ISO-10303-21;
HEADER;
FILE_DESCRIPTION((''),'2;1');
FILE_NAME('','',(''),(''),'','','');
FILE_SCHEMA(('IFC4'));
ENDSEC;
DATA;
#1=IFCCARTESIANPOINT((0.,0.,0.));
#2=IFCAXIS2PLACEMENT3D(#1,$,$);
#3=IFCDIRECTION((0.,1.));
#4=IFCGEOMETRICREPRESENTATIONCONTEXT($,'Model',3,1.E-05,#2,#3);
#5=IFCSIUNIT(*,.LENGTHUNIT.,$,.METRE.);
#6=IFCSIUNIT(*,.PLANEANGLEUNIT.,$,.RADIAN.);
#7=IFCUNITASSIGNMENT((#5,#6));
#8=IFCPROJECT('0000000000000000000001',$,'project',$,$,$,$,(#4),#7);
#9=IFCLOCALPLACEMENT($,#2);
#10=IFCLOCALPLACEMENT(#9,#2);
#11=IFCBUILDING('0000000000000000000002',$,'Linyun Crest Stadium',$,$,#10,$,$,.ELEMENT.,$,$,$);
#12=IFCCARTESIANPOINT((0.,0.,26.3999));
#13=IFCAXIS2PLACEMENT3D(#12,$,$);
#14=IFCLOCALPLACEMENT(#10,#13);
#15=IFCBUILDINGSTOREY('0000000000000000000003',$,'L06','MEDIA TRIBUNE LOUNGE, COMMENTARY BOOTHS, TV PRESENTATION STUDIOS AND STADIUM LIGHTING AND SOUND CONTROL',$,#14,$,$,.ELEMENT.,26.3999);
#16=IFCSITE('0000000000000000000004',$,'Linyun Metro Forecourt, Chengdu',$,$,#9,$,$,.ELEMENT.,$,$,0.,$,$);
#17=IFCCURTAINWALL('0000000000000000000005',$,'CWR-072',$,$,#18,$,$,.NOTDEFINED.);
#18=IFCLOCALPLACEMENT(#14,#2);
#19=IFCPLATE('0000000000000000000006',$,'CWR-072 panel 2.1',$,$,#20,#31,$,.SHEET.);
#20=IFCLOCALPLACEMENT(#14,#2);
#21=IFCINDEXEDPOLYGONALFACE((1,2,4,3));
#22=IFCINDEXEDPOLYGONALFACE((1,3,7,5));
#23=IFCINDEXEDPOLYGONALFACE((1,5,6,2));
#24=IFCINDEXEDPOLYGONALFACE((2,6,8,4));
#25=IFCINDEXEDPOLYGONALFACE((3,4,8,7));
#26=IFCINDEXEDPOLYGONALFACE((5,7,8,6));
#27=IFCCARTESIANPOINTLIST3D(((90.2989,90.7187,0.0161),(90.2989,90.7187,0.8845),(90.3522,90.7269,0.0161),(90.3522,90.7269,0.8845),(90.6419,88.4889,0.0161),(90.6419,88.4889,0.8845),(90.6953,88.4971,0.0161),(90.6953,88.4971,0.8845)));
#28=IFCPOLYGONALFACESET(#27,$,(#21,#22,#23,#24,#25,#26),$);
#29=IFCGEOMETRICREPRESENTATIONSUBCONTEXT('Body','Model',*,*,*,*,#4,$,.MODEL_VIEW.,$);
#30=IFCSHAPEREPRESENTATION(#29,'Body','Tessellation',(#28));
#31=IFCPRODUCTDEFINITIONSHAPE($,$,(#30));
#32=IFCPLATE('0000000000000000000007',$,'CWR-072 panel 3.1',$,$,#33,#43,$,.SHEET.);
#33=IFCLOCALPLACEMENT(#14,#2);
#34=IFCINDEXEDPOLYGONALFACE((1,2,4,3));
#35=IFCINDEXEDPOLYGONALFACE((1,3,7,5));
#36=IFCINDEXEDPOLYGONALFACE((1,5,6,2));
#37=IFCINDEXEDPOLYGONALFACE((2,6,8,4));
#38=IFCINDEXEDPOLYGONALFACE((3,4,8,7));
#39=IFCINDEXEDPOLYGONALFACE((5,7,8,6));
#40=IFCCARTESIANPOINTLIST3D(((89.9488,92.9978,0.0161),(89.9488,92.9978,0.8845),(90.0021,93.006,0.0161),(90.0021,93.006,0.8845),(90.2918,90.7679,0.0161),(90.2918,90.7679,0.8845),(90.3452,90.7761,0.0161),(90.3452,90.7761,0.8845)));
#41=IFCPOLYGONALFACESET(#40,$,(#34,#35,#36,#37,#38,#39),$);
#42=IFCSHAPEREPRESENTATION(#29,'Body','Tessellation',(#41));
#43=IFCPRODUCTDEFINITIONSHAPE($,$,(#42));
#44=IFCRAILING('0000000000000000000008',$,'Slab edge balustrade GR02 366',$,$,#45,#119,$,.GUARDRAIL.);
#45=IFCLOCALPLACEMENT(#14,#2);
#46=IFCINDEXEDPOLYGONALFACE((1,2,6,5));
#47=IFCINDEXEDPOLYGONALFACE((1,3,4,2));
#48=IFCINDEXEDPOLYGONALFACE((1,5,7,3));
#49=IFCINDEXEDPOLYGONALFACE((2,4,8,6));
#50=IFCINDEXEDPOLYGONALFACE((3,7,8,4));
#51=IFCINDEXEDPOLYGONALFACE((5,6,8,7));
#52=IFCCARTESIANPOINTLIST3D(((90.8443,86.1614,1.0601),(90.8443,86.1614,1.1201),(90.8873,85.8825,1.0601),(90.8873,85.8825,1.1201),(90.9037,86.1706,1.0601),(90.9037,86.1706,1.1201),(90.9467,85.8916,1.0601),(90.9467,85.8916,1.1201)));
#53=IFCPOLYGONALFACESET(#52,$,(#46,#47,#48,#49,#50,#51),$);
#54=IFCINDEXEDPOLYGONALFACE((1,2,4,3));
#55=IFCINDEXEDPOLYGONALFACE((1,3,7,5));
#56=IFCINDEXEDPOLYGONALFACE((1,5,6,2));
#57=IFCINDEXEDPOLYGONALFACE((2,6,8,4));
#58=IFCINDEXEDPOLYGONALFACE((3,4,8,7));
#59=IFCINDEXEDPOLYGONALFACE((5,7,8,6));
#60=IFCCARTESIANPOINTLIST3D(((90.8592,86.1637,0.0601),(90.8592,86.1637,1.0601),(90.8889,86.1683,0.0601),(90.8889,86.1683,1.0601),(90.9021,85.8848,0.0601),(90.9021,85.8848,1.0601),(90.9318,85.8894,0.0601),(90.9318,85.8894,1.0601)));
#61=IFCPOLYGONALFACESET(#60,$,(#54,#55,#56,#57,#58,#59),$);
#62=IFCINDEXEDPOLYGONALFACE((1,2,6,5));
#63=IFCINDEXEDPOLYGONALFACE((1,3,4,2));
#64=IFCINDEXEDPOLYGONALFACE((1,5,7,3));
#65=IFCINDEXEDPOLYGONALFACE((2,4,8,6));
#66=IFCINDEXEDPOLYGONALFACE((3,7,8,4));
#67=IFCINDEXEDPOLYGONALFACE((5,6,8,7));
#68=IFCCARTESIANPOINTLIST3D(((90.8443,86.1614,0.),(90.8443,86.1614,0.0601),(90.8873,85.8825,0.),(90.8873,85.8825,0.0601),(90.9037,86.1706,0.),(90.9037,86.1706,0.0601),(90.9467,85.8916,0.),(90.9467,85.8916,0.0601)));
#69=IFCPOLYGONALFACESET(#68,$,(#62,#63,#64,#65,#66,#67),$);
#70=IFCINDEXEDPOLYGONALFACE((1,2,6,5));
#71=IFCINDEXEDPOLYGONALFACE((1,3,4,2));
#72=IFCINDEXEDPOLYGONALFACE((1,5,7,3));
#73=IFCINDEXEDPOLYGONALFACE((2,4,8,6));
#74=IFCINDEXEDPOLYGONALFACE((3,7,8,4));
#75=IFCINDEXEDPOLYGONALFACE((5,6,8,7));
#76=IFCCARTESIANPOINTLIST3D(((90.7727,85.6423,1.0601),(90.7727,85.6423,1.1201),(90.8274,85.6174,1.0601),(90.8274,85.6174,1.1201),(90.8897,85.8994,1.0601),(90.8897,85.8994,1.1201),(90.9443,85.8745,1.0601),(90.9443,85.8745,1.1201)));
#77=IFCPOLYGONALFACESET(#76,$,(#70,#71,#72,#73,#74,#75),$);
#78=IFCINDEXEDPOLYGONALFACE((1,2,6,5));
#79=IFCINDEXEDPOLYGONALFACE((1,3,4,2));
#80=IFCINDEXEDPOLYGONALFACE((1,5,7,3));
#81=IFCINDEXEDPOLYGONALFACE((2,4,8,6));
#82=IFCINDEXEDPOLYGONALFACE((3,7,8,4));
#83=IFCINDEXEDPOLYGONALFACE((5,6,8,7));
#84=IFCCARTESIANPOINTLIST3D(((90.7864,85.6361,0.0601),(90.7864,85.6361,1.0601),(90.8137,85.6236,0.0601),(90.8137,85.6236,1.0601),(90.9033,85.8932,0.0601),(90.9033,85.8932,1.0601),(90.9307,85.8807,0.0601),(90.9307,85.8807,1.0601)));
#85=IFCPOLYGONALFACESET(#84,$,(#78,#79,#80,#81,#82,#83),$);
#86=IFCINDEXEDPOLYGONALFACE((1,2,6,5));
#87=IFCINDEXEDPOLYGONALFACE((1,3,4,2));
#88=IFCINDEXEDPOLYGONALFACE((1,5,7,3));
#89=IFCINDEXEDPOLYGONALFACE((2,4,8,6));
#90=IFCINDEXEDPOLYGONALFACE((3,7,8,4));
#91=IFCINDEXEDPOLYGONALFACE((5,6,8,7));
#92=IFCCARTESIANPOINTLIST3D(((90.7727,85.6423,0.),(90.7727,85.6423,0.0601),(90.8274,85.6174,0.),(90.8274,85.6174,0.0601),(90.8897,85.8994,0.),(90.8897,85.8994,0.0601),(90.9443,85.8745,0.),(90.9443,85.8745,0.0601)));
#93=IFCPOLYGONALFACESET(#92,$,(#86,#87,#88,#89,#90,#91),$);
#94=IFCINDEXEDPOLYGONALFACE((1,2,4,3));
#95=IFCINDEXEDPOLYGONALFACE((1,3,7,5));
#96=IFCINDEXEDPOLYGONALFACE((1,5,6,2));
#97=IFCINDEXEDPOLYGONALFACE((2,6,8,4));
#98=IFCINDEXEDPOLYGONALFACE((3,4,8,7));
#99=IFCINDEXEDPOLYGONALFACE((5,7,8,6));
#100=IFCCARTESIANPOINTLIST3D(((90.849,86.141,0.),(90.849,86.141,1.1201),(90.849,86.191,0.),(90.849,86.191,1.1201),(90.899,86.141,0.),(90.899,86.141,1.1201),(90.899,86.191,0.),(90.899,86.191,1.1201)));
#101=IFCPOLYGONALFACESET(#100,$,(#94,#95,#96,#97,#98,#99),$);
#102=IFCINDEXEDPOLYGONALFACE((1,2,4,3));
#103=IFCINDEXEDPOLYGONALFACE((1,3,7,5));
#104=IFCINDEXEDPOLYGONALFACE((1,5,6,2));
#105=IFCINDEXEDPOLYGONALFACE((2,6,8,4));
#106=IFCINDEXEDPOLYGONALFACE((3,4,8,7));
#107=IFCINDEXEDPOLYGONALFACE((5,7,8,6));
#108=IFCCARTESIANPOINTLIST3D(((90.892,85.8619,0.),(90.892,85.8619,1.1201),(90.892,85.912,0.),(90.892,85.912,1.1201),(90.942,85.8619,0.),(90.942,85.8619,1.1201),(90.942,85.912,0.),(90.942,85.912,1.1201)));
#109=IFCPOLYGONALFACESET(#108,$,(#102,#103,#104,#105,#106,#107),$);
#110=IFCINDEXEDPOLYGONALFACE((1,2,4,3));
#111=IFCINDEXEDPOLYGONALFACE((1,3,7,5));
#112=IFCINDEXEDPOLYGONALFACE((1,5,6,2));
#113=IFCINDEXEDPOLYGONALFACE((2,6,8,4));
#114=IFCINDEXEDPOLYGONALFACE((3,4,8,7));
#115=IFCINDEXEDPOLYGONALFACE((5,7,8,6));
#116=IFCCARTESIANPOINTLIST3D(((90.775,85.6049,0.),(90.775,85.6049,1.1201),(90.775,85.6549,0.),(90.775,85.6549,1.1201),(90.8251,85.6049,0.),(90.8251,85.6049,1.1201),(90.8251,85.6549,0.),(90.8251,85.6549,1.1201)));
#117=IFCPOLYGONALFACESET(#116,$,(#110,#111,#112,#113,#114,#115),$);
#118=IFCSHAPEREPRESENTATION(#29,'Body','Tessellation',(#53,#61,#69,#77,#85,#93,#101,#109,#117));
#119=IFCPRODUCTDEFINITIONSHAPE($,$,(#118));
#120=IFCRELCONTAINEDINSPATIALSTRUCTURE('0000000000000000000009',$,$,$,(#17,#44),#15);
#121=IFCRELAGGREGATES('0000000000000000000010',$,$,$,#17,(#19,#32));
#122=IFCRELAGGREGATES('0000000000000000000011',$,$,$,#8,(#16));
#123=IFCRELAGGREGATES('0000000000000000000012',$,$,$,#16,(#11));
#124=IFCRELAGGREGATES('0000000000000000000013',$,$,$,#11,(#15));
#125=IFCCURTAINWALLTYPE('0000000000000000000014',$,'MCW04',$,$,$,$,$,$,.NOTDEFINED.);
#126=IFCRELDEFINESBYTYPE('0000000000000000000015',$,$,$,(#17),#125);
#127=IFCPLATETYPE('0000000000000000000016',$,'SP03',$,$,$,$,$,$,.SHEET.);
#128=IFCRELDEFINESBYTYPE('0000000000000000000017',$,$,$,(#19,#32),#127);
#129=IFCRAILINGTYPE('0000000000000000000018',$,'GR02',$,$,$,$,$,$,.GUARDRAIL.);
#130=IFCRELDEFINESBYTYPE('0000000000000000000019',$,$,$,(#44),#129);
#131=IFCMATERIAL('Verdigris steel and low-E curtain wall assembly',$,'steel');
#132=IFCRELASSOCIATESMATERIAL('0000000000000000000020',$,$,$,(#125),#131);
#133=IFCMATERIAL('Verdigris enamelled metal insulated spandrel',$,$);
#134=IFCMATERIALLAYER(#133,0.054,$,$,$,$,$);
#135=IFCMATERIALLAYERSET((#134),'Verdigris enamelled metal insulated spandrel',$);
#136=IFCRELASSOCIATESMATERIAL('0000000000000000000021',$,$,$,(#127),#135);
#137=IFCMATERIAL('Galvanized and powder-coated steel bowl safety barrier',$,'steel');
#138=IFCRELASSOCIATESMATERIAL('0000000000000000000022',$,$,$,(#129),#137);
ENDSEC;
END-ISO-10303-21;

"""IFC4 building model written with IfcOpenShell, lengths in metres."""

from ifc_helpers import new_model, si_unit, direction, frame, origin, origin_2d, place, context, subcontext, project, spatial, rectangle, extrude, material, layer, layer_set, type_object, element, aggregate, save


model = new_model("IFC4")

# Units and contexts
model_context = context("Model", 3, precision=1e-05, world=origin(), true_north=direction((0.0, 1.0)))
body_context = subcontext(model_context, "Body", "Model", "MODEL_VIEW")
ifc_project = project(units=[si_unit("LENGTHUNIT", "METRE"), si_unit("PLANEANGLEUNIT", "RADIAN")], contexts=[model_context])

# Site, building, storey
site_placement = place(None, origin())
site = spatial("IfcSite", under=ifc_project, at=site_placement, Name="Linyun Metro Forecourt, Chengdu", CompositionType="ELEMENT", RefElevation=0.0)
building_placement = place(site_placement, origin())
building = spatial("IfcBuilding", under=site, at=building_placement, Name="Linyun Crest Stadium", CompositionType="ELEMENT")
storey_placement = place(building_placement, frame((0.0, 0.0, 26.3999)))
storey = spatial("IfcBuildingStorey", under=building, at=storey_placement, Name="L06", Description="MEDIA TRIBUNE LOUNGE, COMMENTARY BOOTHS, TV PRESENTATION STUDIOS AND STADIUM LIGHTING AND SOUND CONTROL", CompositionType="ELEMENT", Elevation=26.3999)

# Shared definitions
ifc_material_1 = material(Name="Verdigris steel and low-E curtain wall assembly", Category="steel")
curtain_wall_type = type_object("IfcCurtainWallType", Name="MCW04", PredefinedType="NOTDEFINED", material=ifc_material_1)

# Curtain wall
curtain_wall_1_placement = place(storey_placement, origin())
curtain_wall_1 = element("IfcCurtainWall", 1, at=curtain_wall_1_placement, inside=storey, type_object=curtain_wall_type, Name="CWR-072", PredefinedType="NOTDEFINED")

# Plates
ifc_material_2 = material(Name="Verdigris enamelled metal insulated spandrel")
ifc_layer_1 = layer(ifc_material_2, 0.054)
ifc_layer_set_1 = layer_set([ifc_layer_1], Name="Verdigris enamelled metal insulated spandrel")
plate_type_1 = type_object("IfcPlateType", Name="SP03", PredefinedType="SHEET", material=ifc_layer_set_1)
plate_1_placement = place(storey_placement, frame((90.4971, 89.6079, 0.0161), z_axis=(0.0, 0.0, 1.0), x_axis=(-0.152054, 0.988372, 0.0)))
plate_1 = element("IfcPlate", 2, at=plate_1_placement, type_object=plate_type_1, Name="CWR-072 panel 2.1", PredefinedType="SHEET", context=body_context, shape_type="SweptSolid", body=[
    extrude(rectangle(XDim=2.2561, YDim=0.054, at=origin_2d()), origin(), (0.0, 0.0, 1.0), 0.8684),
])
plate_2_placement = place(storey_placement, frame((90.147, 91.887, 0.0161), z_axis=(0.0, 0.0, 1.0), x_axis=(-0.152054, 0.988372, 0.0)))
plate_2 = element("IfcPlate", 3, at=plate_2_placement, type_object=plate_type_1, Name="CWR-072 panel 3.1", PredefinedType="SHEET", context=body_context, shape_type="SweptSolid", body=[
    extrude(rectangle(XDim=2.2561, YDim=0.054, at=origin_2d()), origin(), (0.0, 0.0, 1.0), 0.8684),
])
aggregate(curtain_wall_1, [plate_1, plate_2])

# Railing
ifc_material_3 = material(Name="Galvanized and powder-coated steel bowl safety barrier", Category="steel")
railing_type = type_object("IfcRailingType", Name="GR02", PredefinedType="GUARDRAIL", material=ifc_material_3)
railing_placement = place(storey_placement, frame((90.874, 86.166, 0.0)))
element("IfcRailing", 4, at=railing_placement, inside=storey, type_object=railing_type, Name="Slab edge balustrade GR02 366", PredefinedType="GUARDRAIL", context=body_context, shape_type="SweptSolid", body=[
    extrude(rectangle(XDim=0.0601, YDim=0.0601, at=origin_2d()), frame((0.0, 0.0, 1.0901), z_axis=(0.152187, -0.988352, 0.0), x_axis=(0.988352, 0.152187, 0.0)), (0.0, 0.0, 1.0), 0.2822),
    extrude(rectangle(XDim=0.03, YDim=1.0, at=origin_2d()), frame((0.0, 0.0, 0.5601), z_axis=(0.152187, -0.988352, 0.0), x_axis=(0.988352, 0.152187, 0.0)), (0.0, 0.0, 1.0), 0.2822),
    extrude(rectangle(XDim=0.0601, YDim=0.0601, at=origin_2d()), frame((0.0, 0.0, 0.03), z_axis=(0.152187, -0.988352, 0.0), x_axis=(0.988352, 0.152187, 0.0)), (0.0, 0.0, 1.0), 0.2822),
    extrude(rectangle(XDim=0.0601, YDim=0.0601, at=origin_2d()), frame((0.043, -0.2791, 1.0901), z_axis=(-0.414063, -0.910248, 0.0), x_axis=(0.910248, -0.414063, 0.0)), (0.0, 0.0, 1.0), 0.2825),
    extrude(rectangle(XDim=0.03, YDim=1.0, at=origin_2d()), frame((0.043, -0.2791, 0.5601), z_axis=(-0.414063, -0.910248, 0.0), x_axis=(0.910248, -0.414063, 0.0)), (0.0, 0.0, 1.0), 0.2825),
    extrude(rectangle(XDim=0.0601, YDim=0.0601, at=origin_2d()), frame((0.043, -0.2791, 0.03), z_axis=(-0.414063, -0.910248, 0.0), x_axis=(0.910248, -0.414063, 0.0)), (0.0, 0.0, 1.0), 0.2825),
    extrude(rectangle(XDim=0.05, YDim=0.05, at=origin_2d()), origin(), (0.0, 0.0, 1.0), 1.1201),
    extrude(rectangle(XDim=0.05, YDim=0.05, at=origin_2d()), frame((0.043, -0.2791, 0.0)), (0.0, 0.0, 1.0), 1.1201),
    extrude(rectangle(XDim=0.05, YDim=0.05, at=origin_2d()), frame((-0.074, -0.5361, 0.0)), (0.0, 0.0, 1.0), 1.1201),
])

save(model, "model.ifc")
